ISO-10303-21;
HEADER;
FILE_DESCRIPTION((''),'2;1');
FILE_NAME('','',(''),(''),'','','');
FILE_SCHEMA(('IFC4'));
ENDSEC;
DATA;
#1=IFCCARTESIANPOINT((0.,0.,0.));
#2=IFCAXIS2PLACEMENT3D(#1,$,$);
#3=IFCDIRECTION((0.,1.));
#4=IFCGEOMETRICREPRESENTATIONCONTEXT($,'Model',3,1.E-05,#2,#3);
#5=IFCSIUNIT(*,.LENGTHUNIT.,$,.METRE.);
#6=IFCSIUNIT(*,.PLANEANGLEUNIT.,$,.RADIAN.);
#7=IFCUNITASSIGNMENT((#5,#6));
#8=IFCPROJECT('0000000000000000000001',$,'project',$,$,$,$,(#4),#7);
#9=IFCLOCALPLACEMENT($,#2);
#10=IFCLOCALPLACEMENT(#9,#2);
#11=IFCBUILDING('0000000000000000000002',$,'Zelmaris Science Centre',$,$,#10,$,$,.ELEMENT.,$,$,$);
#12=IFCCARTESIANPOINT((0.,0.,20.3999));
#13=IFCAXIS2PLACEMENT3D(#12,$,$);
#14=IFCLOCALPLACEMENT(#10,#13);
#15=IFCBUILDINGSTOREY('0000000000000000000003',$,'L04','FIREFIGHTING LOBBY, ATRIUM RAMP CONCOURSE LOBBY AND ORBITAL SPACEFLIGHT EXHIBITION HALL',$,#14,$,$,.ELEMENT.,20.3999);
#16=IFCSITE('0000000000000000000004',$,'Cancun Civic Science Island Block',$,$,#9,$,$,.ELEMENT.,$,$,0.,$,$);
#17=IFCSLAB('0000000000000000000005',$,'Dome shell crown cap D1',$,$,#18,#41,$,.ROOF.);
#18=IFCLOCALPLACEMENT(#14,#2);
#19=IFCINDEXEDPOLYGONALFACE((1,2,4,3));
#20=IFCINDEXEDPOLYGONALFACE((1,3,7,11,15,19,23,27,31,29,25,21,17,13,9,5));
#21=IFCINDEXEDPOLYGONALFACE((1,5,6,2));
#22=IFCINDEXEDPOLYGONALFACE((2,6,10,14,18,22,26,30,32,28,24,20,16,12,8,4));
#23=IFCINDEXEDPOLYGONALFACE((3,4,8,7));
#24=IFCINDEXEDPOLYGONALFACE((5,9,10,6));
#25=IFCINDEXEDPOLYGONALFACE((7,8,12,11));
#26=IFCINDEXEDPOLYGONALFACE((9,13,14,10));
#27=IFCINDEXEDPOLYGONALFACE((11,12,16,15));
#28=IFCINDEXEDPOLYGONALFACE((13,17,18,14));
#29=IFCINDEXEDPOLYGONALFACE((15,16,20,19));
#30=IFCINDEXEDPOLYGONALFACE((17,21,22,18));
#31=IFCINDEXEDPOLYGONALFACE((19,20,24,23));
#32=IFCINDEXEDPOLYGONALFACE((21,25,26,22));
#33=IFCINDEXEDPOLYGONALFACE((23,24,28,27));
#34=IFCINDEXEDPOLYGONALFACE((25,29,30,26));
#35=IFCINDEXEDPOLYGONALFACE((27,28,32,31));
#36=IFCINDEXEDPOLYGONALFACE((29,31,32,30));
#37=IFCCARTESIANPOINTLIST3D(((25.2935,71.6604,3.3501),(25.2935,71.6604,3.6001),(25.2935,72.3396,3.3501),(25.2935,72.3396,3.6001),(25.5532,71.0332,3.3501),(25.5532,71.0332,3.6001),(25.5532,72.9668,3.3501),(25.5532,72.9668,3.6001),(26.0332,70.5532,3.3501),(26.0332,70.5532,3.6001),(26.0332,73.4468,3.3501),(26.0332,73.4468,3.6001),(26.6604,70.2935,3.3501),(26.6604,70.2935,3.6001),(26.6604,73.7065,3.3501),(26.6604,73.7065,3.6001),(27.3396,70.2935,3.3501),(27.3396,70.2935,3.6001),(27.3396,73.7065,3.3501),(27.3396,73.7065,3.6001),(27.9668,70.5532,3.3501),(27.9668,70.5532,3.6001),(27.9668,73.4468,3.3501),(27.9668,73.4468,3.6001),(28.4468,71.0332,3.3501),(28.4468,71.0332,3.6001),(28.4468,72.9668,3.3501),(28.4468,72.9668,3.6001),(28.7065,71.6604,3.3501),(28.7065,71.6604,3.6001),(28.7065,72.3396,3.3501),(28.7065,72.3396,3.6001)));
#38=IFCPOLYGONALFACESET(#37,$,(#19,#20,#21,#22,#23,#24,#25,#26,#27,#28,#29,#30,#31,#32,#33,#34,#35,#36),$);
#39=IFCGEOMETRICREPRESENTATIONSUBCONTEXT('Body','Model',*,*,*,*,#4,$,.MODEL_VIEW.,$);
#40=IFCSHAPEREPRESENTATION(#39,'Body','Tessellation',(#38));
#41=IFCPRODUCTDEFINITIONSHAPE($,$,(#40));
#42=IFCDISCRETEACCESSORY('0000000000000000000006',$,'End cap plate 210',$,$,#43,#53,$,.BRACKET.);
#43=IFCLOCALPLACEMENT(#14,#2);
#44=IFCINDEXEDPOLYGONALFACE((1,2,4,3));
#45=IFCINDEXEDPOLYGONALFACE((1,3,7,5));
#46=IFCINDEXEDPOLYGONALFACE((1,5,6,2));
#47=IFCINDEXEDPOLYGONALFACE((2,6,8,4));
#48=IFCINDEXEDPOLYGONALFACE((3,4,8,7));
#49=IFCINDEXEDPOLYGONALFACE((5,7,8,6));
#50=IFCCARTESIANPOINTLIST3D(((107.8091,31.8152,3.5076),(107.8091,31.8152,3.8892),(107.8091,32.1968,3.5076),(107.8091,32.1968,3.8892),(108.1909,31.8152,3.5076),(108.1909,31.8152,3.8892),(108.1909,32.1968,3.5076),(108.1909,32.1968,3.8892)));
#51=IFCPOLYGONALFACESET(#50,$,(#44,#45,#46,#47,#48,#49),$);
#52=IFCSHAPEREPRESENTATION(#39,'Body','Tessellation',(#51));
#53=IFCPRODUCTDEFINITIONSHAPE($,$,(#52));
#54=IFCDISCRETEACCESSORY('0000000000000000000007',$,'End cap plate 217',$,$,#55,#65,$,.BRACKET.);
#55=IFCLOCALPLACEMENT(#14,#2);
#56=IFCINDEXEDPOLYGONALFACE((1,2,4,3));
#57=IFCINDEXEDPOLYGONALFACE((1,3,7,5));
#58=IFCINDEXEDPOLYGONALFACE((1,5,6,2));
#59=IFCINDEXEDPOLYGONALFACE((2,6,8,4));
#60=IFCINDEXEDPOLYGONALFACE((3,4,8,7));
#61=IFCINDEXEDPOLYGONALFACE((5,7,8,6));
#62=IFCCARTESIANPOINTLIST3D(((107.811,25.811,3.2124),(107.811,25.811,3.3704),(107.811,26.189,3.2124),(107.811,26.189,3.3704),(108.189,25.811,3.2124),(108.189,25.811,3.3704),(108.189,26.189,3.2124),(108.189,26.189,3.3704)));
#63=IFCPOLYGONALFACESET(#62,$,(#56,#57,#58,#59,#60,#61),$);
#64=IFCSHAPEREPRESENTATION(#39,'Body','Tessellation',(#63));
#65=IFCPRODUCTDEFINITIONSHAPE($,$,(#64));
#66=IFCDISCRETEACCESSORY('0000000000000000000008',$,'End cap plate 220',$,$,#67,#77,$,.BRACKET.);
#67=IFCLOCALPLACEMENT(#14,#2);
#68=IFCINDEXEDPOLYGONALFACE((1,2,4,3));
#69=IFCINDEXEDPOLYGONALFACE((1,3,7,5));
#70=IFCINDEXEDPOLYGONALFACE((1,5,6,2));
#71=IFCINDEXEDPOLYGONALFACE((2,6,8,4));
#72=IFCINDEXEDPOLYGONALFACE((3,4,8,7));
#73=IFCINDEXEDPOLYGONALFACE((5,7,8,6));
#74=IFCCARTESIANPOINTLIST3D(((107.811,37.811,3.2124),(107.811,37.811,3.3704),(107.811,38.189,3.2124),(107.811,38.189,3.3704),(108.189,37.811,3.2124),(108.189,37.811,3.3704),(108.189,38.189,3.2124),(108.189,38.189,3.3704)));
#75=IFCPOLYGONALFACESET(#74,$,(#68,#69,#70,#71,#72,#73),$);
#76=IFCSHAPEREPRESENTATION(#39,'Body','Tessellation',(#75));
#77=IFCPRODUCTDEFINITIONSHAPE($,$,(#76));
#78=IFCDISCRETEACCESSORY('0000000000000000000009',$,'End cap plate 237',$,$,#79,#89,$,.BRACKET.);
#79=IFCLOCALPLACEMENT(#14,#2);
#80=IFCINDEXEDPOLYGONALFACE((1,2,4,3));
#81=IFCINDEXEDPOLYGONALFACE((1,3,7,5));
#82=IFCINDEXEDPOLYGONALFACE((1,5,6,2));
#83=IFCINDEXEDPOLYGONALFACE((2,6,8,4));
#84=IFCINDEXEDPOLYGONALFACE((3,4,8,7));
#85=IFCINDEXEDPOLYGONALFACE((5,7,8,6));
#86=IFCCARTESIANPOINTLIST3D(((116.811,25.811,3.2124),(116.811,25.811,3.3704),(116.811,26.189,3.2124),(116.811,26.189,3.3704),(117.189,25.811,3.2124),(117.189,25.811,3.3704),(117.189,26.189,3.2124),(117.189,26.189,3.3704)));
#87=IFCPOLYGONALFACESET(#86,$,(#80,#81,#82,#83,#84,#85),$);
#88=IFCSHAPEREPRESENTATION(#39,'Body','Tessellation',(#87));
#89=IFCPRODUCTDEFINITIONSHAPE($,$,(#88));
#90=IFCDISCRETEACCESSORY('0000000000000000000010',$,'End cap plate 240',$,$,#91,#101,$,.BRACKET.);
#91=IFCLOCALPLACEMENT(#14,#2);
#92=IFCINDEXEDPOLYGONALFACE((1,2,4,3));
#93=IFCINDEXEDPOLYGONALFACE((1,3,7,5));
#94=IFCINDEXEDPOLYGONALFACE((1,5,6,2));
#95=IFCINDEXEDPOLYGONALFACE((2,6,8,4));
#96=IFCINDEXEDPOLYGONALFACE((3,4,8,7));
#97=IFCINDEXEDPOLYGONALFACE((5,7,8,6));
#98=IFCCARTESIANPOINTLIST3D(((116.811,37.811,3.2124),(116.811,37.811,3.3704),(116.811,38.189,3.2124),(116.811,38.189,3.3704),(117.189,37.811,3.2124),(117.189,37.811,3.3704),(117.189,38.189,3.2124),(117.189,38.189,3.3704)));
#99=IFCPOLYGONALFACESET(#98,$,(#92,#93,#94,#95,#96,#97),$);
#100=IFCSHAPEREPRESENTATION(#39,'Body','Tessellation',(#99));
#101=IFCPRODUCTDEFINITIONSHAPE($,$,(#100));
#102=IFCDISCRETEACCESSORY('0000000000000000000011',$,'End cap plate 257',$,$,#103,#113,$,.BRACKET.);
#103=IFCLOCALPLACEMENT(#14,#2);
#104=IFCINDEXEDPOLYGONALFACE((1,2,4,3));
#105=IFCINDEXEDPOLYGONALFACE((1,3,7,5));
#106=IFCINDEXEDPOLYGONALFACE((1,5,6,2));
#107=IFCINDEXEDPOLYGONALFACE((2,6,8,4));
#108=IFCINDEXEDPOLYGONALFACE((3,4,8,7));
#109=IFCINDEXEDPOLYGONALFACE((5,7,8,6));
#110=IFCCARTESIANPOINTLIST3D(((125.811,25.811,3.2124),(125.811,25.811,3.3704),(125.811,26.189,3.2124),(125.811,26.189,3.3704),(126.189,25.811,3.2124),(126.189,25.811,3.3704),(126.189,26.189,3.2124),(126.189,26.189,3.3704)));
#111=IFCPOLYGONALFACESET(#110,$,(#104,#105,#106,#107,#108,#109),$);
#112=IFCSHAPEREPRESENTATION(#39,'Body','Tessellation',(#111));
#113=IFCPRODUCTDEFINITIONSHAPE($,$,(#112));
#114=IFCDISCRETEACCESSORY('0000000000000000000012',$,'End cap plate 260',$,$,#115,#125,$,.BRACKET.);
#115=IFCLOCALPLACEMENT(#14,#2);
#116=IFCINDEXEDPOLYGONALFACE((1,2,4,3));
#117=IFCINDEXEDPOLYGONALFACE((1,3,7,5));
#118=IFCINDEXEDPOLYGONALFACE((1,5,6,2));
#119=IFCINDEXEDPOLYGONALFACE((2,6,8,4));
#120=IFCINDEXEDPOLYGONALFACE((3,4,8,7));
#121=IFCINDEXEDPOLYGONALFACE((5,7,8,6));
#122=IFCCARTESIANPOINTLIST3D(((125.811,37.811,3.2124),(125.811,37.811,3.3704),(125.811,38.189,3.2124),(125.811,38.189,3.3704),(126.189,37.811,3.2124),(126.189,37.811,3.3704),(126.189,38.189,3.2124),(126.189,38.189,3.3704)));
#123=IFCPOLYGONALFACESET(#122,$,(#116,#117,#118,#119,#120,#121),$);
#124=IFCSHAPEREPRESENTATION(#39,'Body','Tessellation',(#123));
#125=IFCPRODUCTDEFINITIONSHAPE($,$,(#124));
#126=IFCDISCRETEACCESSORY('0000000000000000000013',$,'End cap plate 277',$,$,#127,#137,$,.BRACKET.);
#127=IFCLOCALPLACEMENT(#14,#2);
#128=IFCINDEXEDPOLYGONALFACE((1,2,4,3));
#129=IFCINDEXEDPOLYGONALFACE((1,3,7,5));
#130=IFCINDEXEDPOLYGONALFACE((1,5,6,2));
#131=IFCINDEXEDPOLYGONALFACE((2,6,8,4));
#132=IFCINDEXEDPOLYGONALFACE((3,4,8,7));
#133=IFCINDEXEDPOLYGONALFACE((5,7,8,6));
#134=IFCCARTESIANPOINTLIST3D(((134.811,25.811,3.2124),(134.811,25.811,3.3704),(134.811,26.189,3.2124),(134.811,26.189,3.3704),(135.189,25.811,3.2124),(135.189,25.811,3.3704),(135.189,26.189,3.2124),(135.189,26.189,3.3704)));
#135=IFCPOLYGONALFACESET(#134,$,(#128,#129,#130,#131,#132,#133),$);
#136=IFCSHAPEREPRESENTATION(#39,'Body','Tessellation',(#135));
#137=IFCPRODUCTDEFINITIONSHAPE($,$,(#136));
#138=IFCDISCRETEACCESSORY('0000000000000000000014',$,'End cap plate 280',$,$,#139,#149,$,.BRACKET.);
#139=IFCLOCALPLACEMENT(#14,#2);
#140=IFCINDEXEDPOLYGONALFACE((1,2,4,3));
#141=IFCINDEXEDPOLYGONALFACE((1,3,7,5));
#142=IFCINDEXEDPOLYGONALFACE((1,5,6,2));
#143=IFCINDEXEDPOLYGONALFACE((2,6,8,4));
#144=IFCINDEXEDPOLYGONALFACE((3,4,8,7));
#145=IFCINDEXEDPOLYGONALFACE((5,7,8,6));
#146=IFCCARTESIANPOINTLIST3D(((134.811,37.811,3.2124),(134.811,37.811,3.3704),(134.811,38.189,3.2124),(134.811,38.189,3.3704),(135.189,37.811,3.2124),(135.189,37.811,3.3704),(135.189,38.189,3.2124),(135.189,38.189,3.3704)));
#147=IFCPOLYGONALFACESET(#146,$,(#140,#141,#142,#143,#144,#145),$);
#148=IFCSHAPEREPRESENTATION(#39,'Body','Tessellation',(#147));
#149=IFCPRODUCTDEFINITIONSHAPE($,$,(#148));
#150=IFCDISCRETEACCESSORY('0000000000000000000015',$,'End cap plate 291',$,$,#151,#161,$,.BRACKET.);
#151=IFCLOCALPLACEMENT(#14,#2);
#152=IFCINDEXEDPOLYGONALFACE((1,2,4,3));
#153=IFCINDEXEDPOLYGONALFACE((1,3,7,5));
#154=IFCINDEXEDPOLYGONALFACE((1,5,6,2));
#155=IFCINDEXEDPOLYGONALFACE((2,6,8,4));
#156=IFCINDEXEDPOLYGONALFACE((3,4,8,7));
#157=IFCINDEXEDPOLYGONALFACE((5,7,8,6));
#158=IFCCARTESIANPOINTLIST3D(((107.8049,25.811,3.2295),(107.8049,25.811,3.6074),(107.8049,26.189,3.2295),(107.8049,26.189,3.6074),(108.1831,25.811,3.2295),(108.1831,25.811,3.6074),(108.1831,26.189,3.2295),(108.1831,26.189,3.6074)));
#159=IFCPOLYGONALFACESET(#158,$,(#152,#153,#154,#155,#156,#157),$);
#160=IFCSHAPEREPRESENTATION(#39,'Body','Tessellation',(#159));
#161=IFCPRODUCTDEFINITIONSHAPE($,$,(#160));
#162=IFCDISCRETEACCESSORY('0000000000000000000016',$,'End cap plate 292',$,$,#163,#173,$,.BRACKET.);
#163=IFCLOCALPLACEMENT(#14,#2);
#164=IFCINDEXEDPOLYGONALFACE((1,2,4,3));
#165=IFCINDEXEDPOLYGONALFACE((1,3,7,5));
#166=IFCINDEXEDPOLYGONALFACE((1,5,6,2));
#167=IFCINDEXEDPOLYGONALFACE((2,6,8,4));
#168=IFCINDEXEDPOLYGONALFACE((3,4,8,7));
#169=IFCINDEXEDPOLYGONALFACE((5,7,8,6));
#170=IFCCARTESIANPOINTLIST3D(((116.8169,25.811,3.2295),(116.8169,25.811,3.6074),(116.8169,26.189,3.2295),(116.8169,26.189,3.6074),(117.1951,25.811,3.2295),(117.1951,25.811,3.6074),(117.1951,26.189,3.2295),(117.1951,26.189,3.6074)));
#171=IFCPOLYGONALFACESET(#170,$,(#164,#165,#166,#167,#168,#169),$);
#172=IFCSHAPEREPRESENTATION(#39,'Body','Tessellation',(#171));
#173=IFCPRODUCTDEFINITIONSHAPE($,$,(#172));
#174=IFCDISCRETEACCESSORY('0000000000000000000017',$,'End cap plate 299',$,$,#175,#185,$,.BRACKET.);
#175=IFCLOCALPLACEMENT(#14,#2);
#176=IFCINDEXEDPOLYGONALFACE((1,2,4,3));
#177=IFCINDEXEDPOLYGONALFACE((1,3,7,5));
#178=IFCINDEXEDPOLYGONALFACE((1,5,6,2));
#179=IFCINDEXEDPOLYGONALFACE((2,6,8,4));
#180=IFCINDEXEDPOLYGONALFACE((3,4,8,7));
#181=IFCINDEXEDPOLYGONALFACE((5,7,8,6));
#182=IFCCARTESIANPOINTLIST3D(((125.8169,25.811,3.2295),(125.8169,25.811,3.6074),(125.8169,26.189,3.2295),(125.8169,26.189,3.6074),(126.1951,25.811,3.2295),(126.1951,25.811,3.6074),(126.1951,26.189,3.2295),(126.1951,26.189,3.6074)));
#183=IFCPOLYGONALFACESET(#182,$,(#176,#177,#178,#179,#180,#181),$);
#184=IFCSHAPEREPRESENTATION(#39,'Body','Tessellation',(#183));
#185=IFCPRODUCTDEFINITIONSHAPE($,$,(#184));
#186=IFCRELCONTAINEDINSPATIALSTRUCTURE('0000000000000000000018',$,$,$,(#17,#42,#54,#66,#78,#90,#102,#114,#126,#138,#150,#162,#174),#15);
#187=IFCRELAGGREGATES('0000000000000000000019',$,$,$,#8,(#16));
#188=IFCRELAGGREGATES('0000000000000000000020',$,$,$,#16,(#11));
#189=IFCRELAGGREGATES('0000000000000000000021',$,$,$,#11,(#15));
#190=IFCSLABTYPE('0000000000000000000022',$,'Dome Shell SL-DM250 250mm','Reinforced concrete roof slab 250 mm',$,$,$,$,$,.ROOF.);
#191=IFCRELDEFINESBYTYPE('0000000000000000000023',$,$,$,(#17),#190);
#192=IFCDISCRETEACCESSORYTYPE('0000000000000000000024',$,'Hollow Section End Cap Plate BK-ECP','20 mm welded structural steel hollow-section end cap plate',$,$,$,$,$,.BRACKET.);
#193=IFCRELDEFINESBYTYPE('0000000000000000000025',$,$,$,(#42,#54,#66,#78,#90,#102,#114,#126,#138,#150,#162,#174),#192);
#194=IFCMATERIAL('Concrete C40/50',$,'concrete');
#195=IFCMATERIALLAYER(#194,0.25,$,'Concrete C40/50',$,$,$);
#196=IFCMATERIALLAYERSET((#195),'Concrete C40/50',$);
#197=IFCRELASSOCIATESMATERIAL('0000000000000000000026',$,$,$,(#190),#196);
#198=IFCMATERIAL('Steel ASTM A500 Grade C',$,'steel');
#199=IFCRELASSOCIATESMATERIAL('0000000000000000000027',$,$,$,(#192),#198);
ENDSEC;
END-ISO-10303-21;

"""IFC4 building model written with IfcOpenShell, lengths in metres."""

from ifc_helpers import new_model, si_unit, direction, frame, origin, place, context, subcontext, project, spatial, polyline, outline, extrude, material, layer, layer_set, type_object, element, save


model = new_model("IFC4")

# Units and contexts
model_context = context("Model", 3, precision=1e-05, world=origin(), true_north=direction((0.0, 1.0)))
body_context = subcontext(model_context, "Body", "Model", "MODEL_VIEW")
ifc_project = project(units=[si_unit("LENGTHUNIT", "METRE"), si_unit("PLANEANGLEUNIT", "RADIAN")], contexts=[model_context])

# Site, building, storey
site_placement = place(None, origin())
site = spatial("IfcSite", under=ifc_project, at=site_placement, Name="Cancun Civic Science Island Block", CompositionType="ELEMENT", RefElevation=0.0)
building_placement = place(site_placement, origin())
building = spatial("IfcBuilding", under=site, at=building_placement, Name="Zelmaris Science Centre", CompositionType="ELEMENT")
storey_placement = place(building_placement, frame((0.0, 0.0, 20.3999)))
storey = spatial("IfcBuildingStorey", under=building, at=storey_placement, Name="L04", Description="FIREFIGHTING LOBBY, ATRIUM RAMP CONCOURSE LOBBY AND ORBITAL SPACEFLIGHT EXHIBITION HALL", CompositionType="ELEMENT", Elevation=20.3999)

# Slab
ifc_material_1 = material(Name="Concrete C40/50", Category="concrete")
ifc_layer = layer(ifc_material_1, 0.25, Name="Concrete C40/50")
ifc_layer_set = layer_set([ifc_layer], Name="Concrete C40/50")
slab_type = type_object("IfcSlabType", Name="Dome Shell SL-DM250 250mm", Description="Reinforced concrete roof slab 250 mm", PredefinedType="ROOF", material=ifc_layer_set)
slab_placement = place(storey_placement, frame((0.0, 0.0, 3.3501)))
element("IfcSlab", 1, at=slab_placement, inside=storey, type_object=slab_type, Name="Dome shell crown cap D1", PredefinedType="ROOF", context=body_context, shape_type="SweptSolid", body=[
    extrude(outline(polyline([(28.7065, 72.3396), (28.4468, 72.9668), (27.9668, 73.4468), (27.3396, 73.7065), (26.6604, 73.7065), (26.0332, 73.4468), (25.5532, 72.9668), (25.2935, 72.3396), (25.2935, 71.6604), (25.5532, 71.0332), (26.0332, 70.5532), (26.6604, 70.2935), (27.3396, 70.2935), (27.9668, 70.5532), (28.4468, 71.0332), (28.7065, 71.6604), (28.7065, 72.3396)])), origin(), (0.0, 0.0, 1.0), 0.25),
])

# Discrete accessories
ifc_material_2 = material(Name="Steel ASTM A500 Grade C", Category="steel")
discrete_accessory_type = type_object("IfcDiscreteAccessoryType", Name="Hollow Section End Cap Plate BK-ECP", Description="20 mm welded structural steel hollow-section end cap plate", PredefinedType="BRACKET", material=ifc_material_2)
discrete_accessory_1_placement = place(storey_placement, frame((0.0, 0.0, 3.5076)))
element("IfcDiscreteAccessory", 2, at=discrete_accessory_1_placement, inside=storey, type_object=discrete_accessory_type, Name="End cap plate 210", PredefinedType="BRACKET", context=body_context, shape_type="SweptSolid", body=[
    extrude(outline(polyline([(107.8091, 31.8152), (108.1909, 31.8152), (108.1909, 32.1968), (107.8091, 32.1968), (107.8091, 31.8152)])), origin(), (0.0, 0.0, 1.0), 0.3816),
])
discrete_accessory_2_placement = place(storey_placement, frame((0.0, 0.0, 3.2124)))
element("IfcDiscreteAccessory", 3, at=discrete_accessory_2_placement, inside=storey, type_object=discrete_accessory_type, Name="End cap plate 217", PredefinedType="BRACKET", context=body_context, shape_type="SweptSolid", body=[
    extrude(outline(polyline([(107.811, 25.811), (108.189, 25.811), (108.189, 26.189), (107.811, 26.189), (107.811, 25.811)])), origin(), (0.0, 0.0, 1.0), 0.158),
])
discrete_accessory_3_placement = place(storey_placement, frame((0.0, 0.0, 3.2124)))
element("IfcDiscreteAccessory", 4, at=discrete_accessory_3_placement, inside=storey, type_object=discrete_accessory_type, Name="End cap plate 220", PredefinedType="BRACKET", context=body_context, shape_type="SweptSolid", body=[
    extrude(outline(polyline([(107.811, 37.811), (108.189, 37.811), (108.189, 38.189), (107.811, 38.189), (107.811, 37.811)])), origin(), (0.0, 0.0, 1.0), 0.158),
])
discrete_accessory_4_placement = place(storey_placement, frame((0.0, 0.0, 3.2124)))
element("IfcDiscreteAccessory", 5, at=discrete_accessory_4_placement, inside=storey, type_object=discrete_accessory_type, Name="End cap plate 237", PredefinedType="BRACKET", context=body_context, shape_type="SweptSolid", body=[
    extrude(outline(polyline([(116.811, 25.811), (117.189, 25.811), (117.189, 26.189), (116.811, 26.189), (116.811, 25.811)])), origin(), (0.0, 0.0, 1.0), 0.158),
])
discrete_accessory_5_placement = place(storey_placement, frame((0.0, 0.0, 3.2124)))
element("IfcDiscreteAccessory", 6, at=discrete_accessory_5_placement, inside=storey, type_object=discrete_accessory_type, Name="End cap plate 240", PredefinedType="BRACKET", context=body_context, shape_type="SweptSolid", body=[
    extrude(outline(polyline([(116.811, 37.811), (117.189, 37.811), (117.189, 38.189), (116.811, 38.189), (116.811, 37.811)])), origin(), (0.0, 0.0, 1.0), 0.158),
])
discrete_accessory_6_placement = place(storey_placement, frame((0.0, 0.0, 3.2124)))
element("IfcDiscreteAccessory", 7, at=discrete_accessory_6_placement, inside=storey, type_object=discrete_accessory_type, Name="End cap plate 257", PredefinedType="BRACKET", context=body_context, shape_type="SweptSolid", body=[
    extrude(outline(polyline([(125.811, 25.811), (126.189, 25.811), (126.189, 26.189), (125.811, 26.189), (125.811, 25.811)])), origin(), (0.0, 0.0, 1.0), 0.158),
])
discrete_accessory_7_placement = place(storey_placement, frame((0.0, 0.0, 3.2124)))
element("IfcDiscreteAccessory", 8, at=discrete_accessory_7_placement, inside=storey, type_object=discrete_accessory_type, Name="End cap plate 260", PredefinedType="BRACKET", context=body_context, shape_type="SweptSolid", body=[
    extrude(outline(polyline([(125.811, 37.811), (126.189, 37.811), (126.189, 38.189), (125.811, 38.189), (125.811, 37.811)])), origin(), (0.0, 0.0, 1.0), 0.158),
])
discrete_accessory_8_placement = place(storey_placement, frame((0.0, 0.0, 3.2124)))
element("IfcDiscreteAccessory", 9, at=discrete_accessory_8_placement, inside=storey, type_object=discrete_accessory_type, Name="End cap plate 277", PredefinedType="BRACKET", context=body_context, shape_type="SweptSolid", body=[
    extrude(outline(polyline([(134.811, 25.811), (135.189, 25.811), (135.189, 26.189), (134.811, 26.189), (134.811, 25.811)])), origin(), (0.0, 0.0, 1.0), 0.158),
])
discrete_accessory_9_placement = place(storey_placement, frame((0.0, 0.0, 3.2124)))
element("IfcDiscreteAccessory", 10, at=discrete_accessory_9_placement, inside=storey, type_object=discrete_accessory_type, Name="End cap plate 280", PredefinedType="BRACKET", context=body_context, shape_type="SweptSolid", body=[
    extrude(outline(polyline([(134.811, 37.811), (135.189, 37.811), (135.189, 38.189), (134.811, 38.189), (134.811, 37.811)])), origin(), (0.0, 0.0, 1.0), 0.158),
])
discrete_accessory_10_placement = place(storey_placement, frame((0.0, 0.0, 3.2295)))
element("IfcDiscreteAccessory", 11, at=discrete_accessory_10_placement, inside=storey, type_object=discrete_accessory_type, Name="End cap plate 291", PredefinedType="BRACKET", context=body_context, shape_type="SweptSolid", body=[
    extrude(outline(polyline([(107.8049, 25.811), (108.1831, 25.811), (108.1831, 26.189), (107.8049, 26.189), (107.8049, 25.811)])), origin(), (0.0, 0.0, 1.0), 0.3779),
])
discrete_accessory_11_placement = place(storey_placement, frame((0.0, 0.0, 3.2295)))
element("IfcDiscreteAccessory", 12, at=discrete_accessory_11_placement, inside=storey, type_object=discrete_accessory_type, Name="End cap plate 292", PredefinedType="BRACKET", context=body_context, shape_type="SweptSolid", body=[
    extrude(outline(polyline([(116.8169, 25.811), (117.1951, 25.811), (117.1951, 26.189), (116.8169, 26.189), (116.8169, 25.811)])), origin(), (0.0, 0.0, 1.0), 0.3779),
])
discrete_accessory_12_placement = place(storey_placement, frame((0.0, 0.0, 3.2295)))
element("IfcDiscreteAccessory", 13, at=discrete_accessory_12_placement, inside=storey, type_object=discrete_accessory_type, Name="End cap plate 299", PredefinedType="BRACKET", context=body_context, shape_type="SweptSolid", body=[
    extrude(outline(polyline([(125.8169, 25.811), (126.1951, 25.811), (126.1951, 26.189), (125.8169, 26.189), (125.8169, 25.811)])), origin(), (0.0, 0.0, 1.0), 0.3779),
])

save(model, "model.ifc")
